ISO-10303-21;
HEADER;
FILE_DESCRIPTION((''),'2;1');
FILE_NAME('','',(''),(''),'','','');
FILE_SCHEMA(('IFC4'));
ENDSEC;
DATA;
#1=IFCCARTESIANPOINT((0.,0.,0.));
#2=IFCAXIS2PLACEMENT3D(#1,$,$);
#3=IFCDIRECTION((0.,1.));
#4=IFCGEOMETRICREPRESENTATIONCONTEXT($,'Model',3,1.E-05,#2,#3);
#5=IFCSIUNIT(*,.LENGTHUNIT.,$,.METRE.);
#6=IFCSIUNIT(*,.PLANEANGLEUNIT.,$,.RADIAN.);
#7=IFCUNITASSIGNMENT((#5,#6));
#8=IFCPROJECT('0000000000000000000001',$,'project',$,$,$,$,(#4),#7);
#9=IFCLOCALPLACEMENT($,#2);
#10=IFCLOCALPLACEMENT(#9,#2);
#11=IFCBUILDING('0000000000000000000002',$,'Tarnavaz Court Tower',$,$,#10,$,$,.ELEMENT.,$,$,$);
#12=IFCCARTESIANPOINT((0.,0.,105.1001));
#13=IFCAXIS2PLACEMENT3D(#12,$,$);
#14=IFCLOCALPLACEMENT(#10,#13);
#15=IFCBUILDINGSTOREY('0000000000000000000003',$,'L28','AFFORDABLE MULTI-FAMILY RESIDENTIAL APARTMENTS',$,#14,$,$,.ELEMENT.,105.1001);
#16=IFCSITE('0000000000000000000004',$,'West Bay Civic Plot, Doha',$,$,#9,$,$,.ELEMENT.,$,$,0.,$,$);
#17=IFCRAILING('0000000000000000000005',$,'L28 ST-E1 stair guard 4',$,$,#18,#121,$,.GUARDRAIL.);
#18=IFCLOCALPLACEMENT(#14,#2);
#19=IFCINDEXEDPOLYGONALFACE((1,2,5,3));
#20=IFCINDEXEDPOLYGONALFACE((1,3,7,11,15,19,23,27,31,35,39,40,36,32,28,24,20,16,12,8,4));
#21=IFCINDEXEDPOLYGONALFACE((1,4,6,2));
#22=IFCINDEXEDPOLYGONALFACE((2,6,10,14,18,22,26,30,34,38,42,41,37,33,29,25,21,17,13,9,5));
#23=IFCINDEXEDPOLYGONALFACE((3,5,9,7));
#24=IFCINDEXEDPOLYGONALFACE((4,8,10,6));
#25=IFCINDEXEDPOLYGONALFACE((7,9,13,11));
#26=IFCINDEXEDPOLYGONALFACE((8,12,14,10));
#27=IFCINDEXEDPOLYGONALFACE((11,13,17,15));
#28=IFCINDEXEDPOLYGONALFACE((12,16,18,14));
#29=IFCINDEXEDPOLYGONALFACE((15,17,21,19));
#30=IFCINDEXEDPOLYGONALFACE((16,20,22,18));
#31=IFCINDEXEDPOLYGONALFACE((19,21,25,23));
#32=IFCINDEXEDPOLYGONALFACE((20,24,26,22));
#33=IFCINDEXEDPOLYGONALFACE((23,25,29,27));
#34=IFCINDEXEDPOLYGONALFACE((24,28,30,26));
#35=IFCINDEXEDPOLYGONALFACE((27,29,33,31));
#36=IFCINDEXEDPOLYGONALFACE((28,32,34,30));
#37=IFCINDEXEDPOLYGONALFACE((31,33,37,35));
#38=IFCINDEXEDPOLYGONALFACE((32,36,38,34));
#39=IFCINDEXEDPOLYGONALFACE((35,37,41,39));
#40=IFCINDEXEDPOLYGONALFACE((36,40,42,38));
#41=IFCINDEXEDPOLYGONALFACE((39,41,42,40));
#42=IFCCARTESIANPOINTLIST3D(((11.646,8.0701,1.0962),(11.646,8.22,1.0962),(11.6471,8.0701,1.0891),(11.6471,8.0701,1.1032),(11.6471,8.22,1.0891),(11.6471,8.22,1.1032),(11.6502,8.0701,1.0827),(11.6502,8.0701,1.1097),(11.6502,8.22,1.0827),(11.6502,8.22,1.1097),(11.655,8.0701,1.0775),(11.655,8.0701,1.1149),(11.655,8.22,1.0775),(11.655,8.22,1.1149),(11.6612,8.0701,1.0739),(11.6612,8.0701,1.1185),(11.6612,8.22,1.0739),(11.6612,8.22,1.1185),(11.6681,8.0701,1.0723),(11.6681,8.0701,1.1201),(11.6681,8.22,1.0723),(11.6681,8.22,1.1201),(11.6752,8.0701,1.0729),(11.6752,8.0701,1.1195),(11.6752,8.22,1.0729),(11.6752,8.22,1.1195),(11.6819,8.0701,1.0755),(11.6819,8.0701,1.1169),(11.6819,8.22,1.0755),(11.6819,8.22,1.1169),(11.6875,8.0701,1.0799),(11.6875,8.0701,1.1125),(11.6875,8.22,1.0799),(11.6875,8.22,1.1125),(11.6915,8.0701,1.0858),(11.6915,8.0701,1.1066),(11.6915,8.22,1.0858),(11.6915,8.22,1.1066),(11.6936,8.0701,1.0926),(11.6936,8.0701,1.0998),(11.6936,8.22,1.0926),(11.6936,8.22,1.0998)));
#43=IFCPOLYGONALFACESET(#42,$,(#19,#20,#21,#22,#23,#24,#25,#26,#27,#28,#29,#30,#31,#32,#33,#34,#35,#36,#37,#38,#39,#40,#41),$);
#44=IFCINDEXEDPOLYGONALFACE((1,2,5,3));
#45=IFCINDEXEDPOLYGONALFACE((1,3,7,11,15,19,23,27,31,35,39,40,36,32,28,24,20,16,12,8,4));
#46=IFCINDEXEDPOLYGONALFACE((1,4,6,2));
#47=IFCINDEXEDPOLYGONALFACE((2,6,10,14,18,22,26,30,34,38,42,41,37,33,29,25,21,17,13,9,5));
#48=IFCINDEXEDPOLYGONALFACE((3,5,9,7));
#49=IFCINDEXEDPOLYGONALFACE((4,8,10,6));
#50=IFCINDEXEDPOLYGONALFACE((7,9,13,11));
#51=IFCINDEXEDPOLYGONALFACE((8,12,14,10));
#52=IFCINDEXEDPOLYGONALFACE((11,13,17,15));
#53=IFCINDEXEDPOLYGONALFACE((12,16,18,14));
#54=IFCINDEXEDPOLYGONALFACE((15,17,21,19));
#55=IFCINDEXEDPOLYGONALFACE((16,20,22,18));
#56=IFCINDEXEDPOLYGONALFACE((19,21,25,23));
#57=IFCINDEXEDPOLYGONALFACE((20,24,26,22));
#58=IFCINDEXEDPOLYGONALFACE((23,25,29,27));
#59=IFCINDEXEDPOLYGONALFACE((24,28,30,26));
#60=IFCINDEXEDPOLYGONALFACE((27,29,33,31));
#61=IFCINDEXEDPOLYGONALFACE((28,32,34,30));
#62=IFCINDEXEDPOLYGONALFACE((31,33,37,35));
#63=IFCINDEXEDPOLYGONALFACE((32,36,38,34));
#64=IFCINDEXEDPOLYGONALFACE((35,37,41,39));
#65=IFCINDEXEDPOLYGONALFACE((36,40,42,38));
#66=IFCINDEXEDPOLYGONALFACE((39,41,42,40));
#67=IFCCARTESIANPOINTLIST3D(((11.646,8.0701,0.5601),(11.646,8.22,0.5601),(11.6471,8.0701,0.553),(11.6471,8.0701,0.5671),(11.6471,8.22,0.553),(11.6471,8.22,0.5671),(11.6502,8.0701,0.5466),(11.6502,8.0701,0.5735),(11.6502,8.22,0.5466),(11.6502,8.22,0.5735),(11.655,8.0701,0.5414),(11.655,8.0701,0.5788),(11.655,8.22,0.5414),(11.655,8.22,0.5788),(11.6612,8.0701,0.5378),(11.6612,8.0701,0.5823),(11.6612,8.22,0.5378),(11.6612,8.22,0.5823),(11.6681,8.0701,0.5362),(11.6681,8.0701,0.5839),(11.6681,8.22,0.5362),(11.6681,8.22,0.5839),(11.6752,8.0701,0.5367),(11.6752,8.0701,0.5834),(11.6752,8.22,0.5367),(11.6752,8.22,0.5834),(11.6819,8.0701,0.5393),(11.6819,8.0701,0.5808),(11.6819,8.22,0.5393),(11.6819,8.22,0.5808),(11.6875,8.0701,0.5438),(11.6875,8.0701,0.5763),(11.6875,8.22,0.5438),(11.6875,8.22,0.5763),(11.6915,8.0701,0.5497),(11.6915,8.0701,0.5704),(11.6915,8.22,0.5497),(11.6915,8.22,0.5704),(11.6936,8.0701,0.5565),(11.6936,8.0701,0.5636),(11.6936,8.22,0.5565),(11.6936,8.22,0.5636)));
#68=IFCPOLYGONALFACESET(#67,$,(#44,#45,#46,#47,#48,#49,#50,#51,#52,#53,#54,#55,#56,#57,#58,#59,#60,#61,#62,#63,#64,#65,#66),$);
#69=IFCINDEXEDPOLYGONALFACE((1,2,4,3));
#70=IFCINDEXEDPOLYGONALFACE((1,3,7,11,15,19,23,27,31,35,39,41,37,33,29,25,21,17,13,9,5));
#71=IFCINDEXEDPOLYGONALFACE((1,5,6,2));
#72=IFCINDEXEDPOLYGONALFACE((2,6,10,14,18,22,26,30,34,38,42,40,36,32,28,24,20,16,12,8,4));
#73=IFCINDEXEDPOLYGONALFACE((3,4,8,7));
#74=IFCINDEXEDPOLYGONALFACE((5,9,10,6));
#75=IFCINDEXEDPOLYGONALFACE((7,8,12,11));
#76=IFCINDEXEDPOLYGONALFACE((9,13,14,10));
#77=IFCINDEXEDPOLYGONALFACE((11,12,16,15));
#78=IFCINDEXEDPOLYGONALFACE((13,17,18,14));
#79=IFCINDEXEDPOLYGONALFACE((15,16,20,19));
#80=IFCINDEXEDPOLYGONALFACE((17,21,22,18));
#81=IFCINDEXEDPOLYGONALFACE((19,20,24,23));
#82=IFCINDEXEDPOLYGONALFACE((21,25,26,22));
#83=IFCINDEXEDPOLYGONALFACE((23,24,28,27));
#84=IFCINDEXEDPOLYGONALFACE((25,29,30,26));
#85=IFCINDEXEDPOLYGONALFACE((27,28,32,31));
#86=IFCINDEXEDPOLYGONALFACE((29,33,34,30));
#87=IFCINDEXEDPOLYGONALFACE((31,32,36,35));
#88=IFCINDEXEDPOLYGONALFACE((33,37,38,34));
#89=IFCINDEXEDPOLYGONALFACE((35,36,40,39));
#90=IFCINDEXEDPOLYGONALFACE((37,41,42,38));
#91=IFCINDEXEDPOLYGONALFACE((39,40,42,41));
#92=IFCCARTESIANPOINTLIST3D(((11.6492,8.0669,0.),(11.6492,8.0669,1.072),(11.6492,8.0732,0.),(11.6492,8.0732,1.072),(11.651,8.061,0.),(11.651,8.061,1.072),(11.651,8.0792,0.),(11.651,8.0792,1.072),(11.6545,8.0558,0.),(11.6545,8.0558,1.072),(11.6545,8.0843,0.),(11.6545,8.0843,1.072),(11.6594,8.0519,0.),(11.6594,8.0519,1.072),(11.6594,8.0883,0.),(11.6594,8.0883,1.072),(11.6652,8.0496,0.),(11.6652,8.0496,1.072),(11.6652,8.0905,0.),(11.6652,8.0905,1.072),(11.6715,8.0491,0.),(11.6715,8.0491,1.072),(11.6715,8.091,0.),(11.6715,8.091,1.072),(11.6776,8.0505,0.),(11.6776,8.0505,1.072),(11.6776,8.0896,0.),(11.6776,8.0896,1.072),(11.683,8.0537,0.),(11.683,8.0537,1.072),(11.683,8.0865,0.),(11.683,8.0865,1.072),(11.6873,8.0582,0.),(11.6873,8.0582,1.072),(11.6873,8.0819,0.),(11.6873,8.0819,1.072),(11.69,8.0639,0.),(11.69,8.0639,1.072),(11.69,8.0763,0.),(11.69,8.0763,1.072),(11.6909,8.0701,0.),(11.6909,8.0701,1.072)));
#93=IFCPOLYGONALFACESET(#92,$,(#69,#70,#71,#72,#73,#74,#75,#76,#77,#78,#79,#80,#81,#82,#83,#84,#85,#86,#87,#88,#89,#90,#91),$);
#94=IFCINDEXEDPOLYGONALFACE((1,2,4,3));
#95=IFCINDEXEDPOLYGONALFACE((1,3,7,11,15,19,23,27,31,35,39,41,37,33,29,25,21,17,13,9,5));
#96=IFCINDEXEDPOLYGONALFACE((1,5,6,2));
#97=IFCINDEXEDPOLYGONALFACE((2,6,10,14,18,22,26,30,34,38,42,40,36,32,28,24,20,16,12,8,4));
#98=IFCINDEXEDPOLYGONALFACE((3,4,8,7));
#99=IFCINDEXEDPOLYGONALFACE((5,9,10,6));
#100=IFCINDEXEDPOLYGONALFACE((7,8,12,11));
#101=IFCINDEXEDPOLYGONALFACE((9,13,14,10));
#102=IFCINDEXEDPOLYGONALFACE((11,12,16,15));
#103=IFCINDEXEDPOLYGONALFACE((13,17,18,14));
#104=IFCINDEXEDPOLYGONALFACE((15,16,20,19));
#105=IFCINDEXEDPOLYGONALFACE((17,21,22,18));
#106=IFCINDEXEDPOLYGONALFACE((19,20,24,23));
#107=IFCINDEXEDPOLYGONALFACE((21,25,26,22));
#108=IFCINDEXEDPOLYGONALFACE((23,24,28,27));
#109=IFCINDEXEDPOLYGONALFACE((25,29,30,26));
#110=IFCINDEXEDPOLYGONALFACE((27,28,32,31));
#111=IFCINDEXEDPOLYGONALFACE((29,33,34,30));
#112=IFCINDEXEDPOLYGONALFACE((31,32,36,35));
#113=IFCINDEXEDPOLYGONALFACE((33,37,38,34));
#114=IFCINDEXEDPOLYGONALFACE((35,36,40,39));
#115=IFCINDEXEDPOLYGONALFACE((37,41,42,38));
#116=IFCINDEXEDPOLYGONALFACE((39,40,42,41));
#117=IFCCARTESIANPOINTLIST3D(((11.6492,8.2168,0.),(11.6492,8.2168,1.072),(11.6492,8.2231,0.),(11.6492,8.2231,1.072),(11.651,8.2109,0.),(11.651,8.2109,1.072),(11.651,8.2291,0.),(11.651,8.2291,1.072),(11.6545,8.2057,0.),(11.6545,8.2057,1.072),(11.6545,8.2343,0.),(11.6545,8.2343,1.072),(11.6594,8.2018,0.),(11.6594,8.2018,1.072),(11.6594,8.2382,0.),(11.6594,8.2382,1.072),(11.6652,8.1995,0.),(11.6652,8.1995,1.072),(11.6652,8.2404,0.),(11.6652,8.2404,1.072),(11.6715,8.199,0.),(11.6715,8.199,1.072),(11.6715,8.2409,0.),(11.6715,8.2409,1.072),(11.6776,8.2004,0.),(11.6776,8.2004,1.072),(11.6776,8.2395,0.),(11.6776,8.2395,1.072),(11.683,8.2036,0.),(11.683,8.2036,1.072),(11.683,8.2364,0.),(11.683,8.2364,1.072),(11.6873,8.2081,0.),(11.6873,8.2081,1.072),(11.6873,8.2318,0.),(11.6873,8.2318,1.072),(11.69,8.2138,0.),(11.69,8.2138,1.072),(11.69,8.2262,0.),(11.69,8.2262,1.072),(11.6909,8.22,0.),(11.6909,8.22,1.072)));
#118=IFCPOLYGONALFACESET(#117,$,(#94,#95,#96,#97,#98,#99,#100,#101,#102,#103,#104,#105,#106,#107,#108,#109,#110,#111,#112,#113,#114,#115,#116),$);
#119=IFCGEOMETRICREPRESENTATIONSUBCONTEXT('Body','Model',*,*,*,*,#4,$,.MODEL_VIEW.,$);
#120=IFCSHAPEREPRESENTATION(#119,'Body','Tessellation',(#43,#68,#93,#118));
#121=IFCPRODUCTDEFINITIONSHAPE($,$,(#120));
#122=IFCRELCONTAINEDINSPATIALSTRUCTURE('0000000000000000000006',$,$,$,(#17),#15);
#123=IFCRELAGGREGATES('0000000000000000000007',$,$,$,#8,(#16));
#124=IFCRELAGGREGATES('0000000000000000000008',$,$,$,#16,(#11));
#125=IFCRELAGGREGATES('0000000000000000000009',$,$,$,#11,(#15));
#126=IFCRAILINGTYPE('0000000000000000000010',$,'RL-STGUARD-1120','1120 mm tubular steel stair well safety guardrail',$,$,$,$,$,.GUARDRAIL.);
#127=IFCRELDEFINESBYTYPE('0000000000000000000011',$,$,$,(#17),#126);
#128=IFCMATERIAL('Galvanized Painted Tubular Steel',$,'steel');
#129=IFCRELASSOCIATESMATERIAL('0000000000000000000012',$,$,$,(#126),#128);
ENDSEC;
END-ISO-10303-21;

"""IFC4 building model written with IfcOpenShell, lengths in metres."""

from ifc_helpers import new_model, si_unit, direction, frame, origin, origin_2d, place, context, subcontext, project, spatial, circle, extrude, material, type_object, element, save


model = new_model("IFC4")

# Units and contexts
model_context = context("Model", 3, precision=1e-05, world=origin(), true_north=direction((0.0, 1.0)))
body_context = subcontext(model_context, "Body", "Model", "MODEL_VIEW")
ifc_project = project(units=[si_unit("LENGTHUNIT", "METRE"), si_unit("PLANEANGLEUNIT", "RADIAN")], contexts=[model_context])

# Site, building, storey
site_placement = place(None, origin())
site = spatial("IfcSite", under=ifc_project, at=site_placement, Name="West Bay Civic Plot, Doha", CompositionType="ELEMENT", RefElevation=0.0)
building_placement = place(site_placement, origin())
building = spatial("IfcBuilding", under=site, at=building_placement, Name="Tarnavaz Court Tower", CompositionType="ELEMENT")
storey_placement = place(building_placement, frame((0.0, 0.0, 105.1001)))
storey = spatial("IfcBuildingStorey", under=building, at=storey_placement, Name="L28", Description="AFFORDABLE MULTI-FAMILY RESIDENTIAL APARTMENTS", CompositionType="ELEMENT", Elevation=105.1001)

# Railing
ifc_material_1 = material(Name="Galvanized Painted Tubular Steel", Category="steel")
railing_type_1 = type_object("IfcRailingType", Name="RL-STGUARD-1120", Description="1120 mm tubular steel stair well safety guardrail", PredefinedType="GUARDRAIL", material=ifc_material_1)
railing_1_placement = place(storey_placement, frame((11.6699, 8.0701, 0.0)))
element("IfcRailing", 1, at=railing_1_placement, inside=storey, type_object=railing_type_1, Name="L28 ST-E1 stair guard 4", PredefinedType="GUARDRAIL", context=body_context, shape_type="SweptSolid", body=[
    extrude(circle(Radius=0.0239, at=origin_2d()), frame((0.0, 0.0, 1.0962), z_axis=(0.0, 1.0, 0.0), x_axis=(-1.0, 0.0, 0.0)), (0.0, 0.0, 1.0), 0.1499),
    extrude(circle(Radius=0.0239, at=origin_2d()), frame((0.0, 0.0, 0.5601), z_axis=(0.0, 1.0, 0.0), x_axis=(-1.0, 0.0, 0.0)), (0.0, 0.0, 1.0), 0.1499),
    extrude(circle(Radius=0.021, at=origin_2d()), origin(), (0.0, 0.0, 1.0), 1.072),
    extrude(circle(Radius=0.021, at=origin_2d()), frame((0.0, 0.1499, 0.0)), (0.0, 0.0, 1.0), 1.072),
])

save(model, "model.ifc")
